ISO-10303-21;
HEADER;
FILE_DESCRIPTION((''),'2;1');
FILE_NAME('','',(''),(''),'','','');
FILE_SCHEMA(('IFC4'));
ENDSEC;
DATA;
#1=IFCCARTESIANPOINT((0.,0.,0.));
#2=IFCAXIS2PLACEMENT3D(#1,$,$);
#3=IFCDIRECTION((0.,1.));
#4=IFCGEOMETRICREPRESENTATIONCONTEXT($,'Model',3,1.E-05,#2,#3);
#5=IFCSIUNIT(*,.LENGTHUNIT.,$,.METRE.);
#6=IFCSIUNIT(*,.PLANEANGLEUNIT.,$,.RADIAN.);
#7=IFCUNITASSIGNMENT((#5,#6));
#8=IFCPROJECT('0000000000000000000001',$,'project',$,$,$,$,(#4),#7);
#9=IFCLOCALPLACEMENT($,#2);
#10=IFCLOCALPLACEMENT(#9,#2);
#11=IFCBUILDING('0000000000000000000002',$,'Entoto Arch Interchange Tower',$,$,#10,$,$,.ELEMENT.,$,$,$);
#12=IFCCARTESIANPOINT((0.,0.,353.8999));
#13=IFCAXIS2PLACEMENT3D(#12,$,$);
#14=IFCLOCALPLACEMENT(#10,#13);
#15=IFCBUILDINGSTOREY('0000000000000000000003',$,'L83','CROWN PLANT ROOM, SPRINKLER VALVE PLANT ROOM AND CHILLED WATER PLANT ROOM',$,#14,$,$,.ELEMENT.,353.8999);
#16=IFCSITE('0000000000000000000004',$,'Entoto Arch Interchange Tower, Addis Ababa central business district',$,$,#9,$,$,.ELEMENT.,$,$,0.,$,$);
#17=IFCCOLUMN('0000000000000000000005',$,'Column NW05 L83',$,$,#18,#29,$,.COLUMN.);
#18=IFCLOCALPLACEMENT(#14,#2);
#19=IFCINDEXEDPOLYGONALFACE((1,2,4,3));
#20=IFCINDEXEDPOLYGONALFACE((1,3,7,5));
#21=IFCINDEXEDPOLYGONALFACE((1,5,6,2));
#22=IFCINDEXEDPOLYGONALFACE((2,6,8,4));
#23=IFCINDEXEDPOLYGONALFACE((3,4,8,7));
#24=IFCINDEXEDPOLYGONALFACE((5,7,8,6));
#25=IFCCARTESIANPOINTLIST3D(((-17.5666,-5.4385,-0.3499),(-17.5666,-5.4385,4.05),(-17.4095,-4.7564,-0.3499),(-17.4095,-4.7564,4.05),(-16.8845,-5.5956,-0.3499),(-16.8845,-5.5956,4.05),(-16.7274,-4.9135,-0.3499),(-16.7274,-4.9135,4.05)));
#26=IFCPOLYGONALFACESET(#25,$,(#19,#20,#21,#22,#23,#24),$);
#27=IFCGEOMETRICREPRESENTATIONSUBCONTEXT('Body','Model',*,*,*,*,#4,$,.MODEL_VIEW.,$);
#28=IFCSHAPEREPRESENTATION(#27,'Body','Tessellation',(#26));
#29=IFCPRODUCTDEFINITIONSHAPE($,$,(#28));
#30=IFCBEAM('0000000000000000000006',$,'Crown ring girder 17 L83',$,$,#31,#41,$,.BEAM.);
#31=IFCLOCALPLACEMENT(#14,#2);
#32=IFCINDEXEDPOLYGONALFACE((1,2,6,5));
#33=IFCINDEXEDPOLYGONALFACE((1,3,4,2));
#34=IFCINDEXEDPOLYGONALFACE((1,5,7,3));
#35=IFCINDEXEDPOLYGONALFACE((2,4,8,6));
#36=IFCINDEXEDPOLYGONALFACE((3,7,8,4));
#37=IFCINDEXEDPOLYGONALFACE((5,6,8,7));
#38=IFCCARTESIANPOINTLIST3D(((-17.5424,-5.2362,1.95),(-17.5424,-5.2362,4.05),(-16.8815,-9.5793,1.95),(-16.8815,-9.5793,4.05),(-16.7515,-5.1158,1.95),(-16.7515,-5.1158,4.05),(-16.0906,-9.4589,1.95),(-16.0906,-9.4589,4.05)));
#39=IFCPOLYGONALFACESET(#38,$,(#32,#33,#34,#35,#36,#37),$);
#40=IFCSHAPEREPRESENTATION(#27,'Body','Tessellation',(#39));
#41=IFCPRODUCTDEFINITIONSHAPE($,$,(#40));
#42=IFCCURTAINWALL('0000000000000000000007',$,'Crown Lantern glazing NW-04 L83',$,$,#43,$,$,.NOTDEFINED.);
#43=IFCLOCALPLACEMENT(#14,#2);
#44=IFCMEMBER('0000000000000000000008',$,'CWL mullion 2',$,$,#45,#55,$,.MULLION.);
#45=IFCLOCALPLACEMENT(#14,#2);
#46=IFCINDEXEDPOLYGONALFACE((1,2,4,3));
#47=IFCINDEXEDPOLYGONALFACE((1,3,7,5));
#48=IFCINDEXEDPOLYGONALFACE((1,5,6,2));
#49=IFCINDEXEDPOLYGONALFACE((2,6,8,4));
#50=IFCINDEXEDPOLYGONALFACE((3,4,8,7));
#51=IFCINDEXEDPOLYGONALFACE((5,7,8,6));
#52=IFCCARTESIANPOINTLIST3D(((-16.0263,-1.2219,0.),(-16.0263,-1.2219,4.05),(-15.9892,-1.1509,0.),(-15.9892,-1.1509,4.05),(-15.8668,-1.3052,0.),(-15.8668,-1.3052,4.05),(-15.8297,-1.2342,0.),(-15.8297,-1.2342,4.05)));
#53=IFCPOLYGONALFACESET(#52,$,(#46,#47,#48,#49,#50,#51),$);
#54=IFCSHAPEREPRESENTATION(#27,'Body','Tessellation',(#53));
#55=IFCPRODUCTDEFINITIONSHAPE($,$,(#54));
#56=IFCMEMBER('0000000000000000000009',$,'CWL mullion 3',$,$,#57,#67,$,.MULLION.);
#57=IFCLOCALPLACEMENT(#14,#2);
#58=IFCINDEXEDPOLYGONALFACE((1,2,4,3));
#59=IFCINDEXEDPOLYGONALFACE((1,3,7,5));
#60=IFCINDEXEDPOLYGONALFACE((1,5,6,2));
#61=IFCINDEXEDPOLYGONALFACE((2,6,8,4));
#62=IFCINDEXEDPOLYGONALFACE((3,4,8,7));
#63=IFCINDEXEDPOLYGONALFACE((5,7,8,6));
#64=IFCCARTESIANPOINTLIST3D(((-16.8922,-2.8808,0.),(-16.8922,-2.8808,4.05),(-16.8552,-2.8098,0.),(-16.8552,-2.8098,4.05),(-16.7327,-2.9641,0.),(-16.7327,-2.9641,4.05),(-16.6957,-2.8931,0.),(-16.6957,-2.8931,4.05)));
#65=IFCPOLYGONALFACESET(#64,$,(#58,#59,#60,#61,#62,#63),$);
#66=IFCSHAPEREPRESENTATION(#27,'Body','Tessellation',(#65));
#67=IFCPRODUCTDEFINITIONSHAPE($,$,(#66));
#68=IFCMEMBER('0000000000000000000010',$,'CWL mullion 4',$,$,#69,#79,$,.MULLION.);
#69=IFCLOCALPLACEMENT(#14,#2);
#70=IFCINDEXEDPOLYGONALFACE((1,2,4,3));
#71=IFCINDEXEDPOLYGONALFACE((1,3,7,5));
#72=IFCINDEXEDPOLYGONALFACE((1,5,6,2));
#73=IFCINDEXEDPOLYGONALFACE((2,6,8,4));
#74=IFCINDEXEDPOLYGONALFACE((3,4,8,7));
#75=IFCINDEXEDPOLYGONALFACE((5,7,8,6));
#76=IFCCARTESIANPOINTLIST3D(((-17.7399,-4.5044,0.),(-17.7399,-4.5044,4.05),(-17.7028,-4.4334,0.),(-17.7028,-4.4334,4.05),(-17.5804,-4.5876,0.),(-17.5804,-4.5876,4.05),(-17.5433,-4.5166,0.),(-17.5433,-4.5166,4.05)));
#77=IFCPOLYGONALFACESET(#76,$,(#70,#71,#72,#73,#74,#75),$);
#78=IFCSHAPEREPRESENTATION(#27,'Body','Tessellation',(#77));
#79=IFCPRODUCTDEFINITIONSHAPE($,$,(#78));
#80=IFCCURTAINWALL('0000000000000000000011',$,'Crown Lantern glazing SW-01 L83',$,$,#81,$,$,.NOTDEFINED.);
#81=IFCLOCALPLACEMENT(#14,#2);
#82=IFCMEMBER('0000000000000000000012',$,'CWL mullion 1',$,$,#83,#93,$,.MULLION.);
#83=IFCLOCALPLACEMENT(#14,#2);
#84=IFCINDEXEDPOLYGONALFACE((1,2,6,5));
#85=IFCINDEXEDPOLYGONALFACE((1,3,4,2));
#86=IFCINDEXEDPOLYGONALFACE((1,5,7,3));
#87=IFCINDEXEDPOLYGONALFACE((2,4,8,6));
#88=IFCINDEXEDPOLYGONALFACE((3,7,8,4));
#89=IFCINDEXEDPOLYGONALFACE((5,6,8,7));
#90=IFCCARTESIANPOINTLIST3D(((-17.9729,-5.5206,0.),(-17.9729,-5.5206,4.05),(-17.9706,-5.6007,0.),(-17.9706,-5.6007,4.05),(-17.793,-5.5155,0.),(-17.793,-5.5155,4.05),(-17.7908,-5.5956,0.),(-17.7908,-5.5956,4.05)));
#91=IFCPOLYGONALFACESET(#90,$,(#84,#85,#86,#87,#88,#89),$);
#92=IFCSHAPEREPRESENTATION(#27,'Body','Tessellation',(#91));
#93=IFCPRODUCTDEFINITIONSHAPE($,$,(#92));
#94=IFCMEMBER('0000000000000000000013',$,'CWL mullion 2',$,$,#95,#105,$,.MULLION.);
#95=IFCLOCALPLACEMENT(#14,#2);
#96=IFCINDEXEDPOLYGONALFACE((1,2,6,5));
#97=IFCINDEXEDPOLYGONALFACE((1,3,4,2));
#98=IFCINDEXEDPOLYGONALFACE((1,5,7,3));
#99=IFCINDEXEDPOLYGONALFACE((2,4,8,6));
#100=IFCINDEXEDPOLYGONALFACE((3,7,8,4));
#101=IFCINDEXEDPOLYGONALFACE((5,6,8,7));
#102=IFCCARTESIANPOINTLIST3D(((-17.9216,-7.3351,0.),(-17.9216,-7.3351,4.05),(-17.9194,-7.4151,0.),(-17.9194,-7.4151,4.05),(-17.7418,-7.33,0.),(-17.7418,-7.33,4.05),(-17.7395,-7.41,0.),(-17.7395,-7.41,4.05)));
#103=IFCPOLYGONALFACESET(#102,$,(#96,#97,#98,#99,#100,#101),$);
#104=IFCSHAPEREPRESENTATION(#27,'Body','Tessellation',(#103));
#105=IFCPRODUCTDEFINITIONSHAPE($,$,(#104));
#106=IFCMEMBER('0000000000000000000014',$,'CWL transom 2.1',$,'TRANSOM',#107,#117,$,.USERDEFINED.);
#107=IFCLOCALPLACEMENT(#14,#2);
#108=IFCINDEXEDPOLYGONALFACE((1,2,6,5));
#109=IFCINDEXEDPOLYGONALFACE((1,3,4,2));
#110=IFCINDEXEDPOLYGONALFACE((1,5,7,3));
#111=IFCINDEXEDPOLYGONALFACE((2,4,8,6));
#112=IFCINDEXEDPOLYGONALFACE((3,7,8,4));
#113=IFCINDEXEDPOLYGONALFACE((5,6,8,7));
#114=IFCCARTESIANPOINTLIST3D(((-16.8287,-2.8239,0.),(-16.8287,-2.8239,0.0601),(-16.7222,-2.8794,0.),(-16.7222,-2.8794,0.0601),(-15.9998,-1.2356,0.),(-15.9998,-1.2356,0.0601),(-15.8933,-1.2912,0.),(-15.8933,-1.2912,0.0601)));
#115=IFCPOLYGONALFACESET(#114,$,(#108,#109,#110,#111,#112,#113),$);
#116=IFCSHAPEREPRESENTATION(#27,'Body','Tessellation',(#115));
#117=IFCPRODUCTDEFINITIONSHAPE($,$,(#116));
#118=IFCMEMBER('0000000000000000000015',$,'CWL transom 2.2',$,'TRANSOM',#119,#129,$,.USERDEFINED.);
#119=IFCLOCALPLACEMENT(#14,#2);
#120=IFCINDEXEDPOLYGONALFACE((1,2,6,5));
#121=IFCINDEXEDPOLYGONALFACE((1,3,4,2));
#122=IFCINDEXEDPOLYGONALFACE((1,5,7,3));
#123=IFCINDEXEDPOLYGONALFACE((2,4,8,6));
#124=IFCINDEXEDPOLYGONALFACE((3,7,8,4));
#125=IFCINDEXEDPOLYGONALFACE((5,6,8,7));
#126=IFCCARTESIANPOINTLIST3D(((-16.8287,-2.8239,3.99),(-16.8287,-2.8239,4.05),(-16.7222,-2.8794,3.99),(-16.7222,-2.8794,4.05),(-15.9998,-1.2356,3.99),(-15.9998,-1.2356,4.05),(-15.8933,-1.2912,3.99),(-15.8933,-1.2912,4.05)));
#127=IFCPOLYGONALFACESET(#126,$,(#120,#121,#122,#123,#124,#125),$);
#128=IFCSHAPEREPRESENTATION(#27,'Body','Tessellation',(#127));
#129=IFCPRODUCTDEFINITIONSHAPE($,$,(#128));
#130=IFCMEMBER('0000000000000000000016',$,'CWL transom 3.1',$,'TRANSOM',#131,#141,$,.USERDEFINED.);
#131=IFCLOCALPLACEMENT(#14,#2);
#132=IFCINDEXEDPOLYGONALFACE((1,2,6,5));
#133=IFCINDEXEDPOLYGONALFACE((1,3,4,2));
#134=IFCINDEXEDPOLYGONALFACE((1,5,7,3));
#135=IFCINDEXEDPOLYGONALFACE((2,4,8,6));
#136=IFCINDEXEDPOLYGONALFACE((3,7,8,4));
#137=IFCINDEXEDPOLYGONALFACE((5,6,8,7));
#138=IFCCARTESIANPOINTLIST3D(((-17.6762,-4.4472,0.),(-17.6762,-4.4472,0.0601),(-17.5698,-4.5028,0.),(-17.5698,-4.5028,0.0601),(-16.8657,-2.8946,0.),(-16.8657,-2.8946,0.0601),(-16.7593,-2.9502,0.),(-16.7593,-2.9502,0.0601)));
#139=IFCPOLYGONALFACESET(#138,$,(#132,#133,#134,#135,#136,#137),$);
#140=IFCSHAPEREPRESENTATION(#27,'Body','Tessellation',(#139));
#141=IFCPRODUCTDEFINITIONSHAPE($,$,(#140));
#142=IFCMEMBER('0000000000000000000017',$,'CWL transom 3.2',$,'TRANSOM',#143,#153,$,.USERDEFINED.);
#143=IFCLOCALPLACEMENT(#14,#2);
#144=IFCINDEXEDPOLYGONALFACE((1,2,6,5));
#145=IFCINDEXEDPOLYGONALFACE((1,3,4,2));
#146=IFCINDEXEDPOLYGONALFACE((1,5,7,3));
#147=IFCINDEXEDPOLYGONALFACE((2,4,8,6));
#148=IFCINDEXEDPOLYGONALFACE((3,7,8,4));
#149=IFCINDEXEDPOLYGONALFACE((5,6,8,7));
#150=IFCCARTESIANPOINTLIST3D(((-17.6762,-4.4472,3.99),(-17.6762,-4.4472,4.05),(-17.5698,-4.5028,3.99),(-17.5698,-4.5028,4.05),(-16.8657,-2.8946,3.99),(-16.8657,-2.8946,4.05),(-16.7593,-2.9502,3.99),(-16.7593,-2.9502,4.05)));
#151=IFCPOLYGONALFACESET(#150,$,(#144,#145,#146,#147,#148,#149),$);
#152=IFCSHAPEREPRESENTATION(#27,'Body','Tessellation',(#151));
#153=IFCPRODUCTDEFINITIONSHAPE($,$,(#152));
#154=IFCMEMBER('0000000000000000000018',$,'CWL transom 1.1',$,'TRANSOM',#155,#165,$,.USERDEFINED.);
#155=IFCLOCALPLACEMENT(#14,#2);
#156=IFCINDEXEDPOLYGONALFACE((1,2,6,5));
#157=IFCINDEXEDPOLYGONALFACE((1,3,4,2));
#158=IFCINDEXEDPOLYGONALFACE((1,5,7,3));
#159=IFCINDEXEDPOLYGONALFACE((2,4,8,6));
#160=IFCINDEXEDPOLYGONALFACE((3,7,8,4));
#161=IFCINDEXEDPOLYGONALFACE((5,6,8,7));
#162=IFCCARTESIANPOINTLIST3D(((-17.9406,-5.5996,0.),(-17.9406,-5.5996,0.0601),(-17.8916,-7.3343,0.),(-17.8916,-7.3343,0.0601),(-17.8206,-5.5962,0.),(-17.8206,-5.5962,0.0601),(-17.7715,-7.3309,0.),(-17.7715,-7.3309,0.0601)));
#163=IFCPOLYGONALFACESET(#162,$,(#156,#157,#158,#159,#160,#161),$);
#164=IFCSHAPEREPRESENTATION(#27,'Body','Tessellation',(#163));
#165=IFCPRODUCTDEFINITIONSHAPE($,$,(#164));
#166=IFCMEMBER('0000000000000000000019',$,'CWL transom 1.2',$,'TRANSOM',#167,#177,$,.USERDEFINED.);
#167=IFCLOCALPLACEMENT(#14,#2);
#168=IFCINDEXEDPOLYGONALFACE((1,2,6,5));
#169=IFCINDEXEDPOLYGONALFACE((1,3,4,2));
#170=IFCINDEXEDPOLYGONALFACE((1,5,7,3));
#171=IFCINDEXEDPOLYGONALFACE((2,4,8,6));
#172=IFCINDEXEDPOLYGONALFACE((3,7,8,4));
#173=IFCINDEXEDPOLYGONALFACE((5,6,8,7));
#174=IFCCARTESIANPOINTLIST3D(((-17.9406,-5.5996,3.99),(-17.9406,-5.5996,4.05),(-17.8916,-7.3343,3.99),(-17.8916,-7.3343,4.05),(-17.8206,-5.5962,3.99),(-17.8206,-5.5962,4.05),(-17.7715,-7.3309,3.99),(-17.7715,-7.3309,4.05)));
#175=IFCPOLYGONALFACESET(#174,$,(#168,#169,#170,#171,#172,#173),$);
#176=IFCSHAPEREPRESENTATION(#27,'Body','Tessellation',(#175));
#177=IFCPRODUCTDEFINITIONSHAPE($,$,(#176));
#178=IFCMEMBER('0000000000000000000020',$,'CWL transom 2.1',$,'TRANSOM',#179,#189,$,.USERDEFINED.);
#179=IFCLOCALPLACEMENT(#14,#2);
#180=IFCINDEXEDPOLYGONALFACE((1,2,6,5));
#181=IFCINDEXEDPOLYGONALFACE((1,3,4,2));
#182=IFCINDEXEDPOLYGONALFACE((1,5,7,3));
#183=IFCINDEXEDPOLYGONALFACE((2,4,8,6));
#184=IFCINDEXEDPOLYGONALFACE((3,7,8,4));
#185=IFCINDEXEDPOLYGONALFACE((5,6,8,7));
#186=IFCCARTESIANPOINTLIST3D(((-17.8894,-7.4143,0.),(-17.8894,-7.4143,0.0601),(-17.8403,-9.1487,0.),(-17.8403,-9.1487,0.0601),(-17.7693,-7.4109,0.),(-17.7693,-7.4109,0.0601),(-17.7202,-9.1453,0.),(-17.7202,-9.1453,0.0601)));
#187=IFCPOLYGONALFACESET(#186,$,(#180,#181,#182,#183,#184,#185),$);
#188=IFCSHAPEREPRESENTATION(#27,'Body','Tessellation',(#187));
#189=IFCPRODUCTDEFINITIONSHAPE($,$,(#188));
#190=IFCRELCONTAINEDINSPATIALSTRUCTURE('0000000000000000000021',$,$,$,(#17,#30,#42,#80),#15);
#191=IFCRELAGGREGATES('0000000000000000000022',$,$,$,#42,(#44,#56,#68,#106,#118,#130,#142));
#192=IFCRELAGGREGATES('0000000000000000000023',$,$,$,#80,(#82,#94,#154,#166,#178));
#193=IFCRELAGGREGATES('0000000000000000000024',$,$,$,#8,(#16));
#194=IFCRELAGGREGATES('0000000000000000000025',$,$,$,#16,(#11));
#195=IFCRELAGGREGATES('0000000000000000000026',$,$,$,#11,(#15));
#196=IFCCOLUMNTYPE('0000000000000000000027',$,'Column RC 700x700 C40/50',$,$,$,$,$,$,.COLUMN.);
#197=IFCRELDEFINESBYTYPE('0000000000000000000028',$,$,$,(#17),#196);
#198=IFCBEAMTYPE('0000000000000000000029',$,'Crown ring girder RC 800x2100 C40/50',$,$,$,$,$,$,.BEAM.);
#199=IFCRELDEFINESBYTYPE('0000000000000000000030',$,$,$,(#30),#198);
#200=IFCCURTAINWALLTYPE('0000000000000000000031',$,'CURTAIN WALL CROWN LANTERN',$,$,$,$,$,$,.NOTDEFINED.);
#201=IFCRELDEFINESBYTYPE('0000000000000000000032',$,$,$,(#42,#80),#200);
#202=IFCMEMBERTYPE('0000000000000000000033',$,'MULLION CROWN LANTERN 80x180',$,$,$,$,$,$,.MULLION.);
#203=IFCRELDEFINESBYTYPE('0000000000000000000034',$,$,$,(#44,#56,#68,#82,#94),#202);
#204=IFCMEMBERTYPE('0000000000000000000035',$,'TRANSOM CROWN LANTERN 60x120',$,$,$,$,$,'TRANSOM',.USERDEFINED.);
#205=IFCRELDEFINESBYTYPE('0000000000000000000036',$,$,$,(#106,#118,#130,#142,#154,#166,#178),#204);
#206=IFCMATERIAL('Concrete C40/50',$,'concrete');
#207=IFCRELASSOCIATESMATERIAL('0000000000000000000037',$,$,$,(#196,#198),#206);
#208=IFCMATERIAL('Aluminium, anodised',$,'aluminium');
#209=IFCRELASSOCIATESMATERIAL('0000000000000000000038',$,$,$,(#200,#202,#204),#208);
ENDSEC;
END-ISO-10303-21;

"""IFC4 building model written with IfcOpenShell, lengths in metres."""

from ifc_helpers import new_model, si_unit, direction, frame, origin, origin_2d, place, context, subcontext, project, spatial, rectangle, extrude, material, material_profile, profile_set, type_object, element, aggregate, save


model = new_model("IFC4")

# Units and contexts
model_context = context("Model", 3, precision=1e-05, world=origin(), true_north=direction((0.0, 1.0)))
body_context = subcontext(model_context, "Body", "Model", "MODEL_VIEW")
ifc_project = project(units=[si_unit("LENGTHUNIT", "METRE"), si_unit("PLANEANGLEUNIT", "RADIAN")], contexts=[model_context])

# Site, building, storey
site_placement = place(None, origin())
site = spatial("IfcSite", under=ifc_project, at=site_placement, Name="Entoto Arch Interchange Tower, Addis Ababa central business district", CompositionType="ELEMENT", RefElevation=0.0)
building_placement = place(site_placement, origin())
building = spatial("IfcBuilding", under=site, at=building_placement, Name="Entoto Arch Interchange Tower", CompositionType="ELEMENT")
storey_placement = place(building_placement, frame((0.0, 0.0, 353.8999)))
storey = spatial("IfcBuildingStorey", under=building, at=storey_placement, Name="L83", Description="CROWN PLANT ROOM, SPRINKLER VALVE PLANT ROOM AND CHILLED WATER PLANT ROOM", CompositionType="ELEMENT", Elevation=353.8999)

# Column
ifc_material_1 = material(Name="Concrete C40/50", Category="concrete")
ifc_material_profile_1 = material_profile(ifc_material_1, rectangle(XDim=0.7, YDim=0.7, at=origin_2d()))
ifc_profile_set_1 = profile_set([ifc_material_profile_1], Name="Concrete C40/50")
column_type = type_object("IfcColumnType", Name="Column RC 700x700 C40/50", PredefinedType="COLUMN", material=ifc_profile_set_1)
column_placement = place(storey_placement, frame((-17.147, -5.176, -0.3499), z_axis=(0.0, 0.0, 1.0), x_axis=(0.224407, 0.974496, 0.0)))
element("IfcColumn", 1, at=column_placement, inside=storey, type_object=column_type, Name="Column NW05 L83", PredefinedType="COLUMN", context=body_context, shape_type="SweptSolid", body=[
    extrude(rectangle(XDim=0.7, YDim=0.7, at=origin_2d()), origin(), (0.0, 0.0, 1.0), 4.3999),
])

# Beam
ifc_material_profile_2 = material_profile(ifc_material_1, rectangle(XDim=0.8, YDim=2.1001, at=origin_2d()))
ifc_profile_set_2 = profile_set([ifc_material_profile_2], Name="Concrete C40/50")
beam_type = type_object("IfcBeamType", Name="Crown ring girder RC 800x2100 C40/50", PredefinedType="BEAM", material=ifc_profile_set_2)
beam_placement = place(storey_placement, frame((-17.147, -5.176, 3.0), z_axis=(0.150441, -0.988619, 0.0), x_axis=(0.988619, 0.150441, 0.0)))
element("IfcBeam", 2, at=beam_placement, inside=storey, type_object=beam_type, Name="Crown ring girder 17 L83", PredefinedType="BEAM", context=body_context, shape_type="SweptSolid", body=[
    extrude(rectangle(XDim=0.8, YDim=2.1001, at=origin_2d()), origin(), (0.0, 0.0, 1.0), 4.3931),
])

# Curtain walls, members
ifc_material_2 = material(Name="Aluminium, anodised", Category="aluminium")
curtain_wall_type = type_object("IfcCurtainWallType", Name="CURTAIN WALL CROWN LANTERN", PredefinedType="NOTDEFINED", material=ifc_material_2)
curtain_wall_1_placement = place(storey_placement, origin())
curtain_wall_1 = element("IfcCurtainWall", 3, at=curtain_wall_1_placement, inside=storey, type_object=curtain_wall_type, Name="Crown Lantern glazing NW-04 L83", PredefinedType="NOTDEFINED")
ifc_material_profile_3 = material_profile(ifc_material_2, rectangle(XDim=0.1799, YDim=0.0801, at=origin_2d()))
ifc_profile_set_3 = profile_set([ifc_material_profile_3], Name="Aluminium, anodised")
member_type_1 = type_object("IfcMemberType", Name="MULLION CROWN LANTERN 80x180", PredefinedType="MULLION", material=ifc_profile_set_3)
member_1_placement = place(storey_placement, frame((-15.928, -1.228, 0.0), z_axis=(0.0, 0.0, 1.0), x_axis=(0.88649, -0.462749, 0.0)))
member_1 = element("IfcMember", 4, at=member_1_placement, type_object=member_type_1, Name="CWL mullion 2", PredefinedType="MULLION", context=body_context, shape_type="SweptSolid", body=[
    extrude(rectangle(XDim=0.1799, YDim=0.0801, at=origin_2d()), origin(), (0.0, 0.0, 1.0), 4.05),
])
member_2_placement = place(storey_placement, frame((-16.7939, -2.887, 0.0), z_axis=(0.0, 0.0, 1.0), x_axis=(0.88649, -0.462749, 0.0)))
member_2 = element("IfcMember", 5, at=member_2_placement, type_object=member_type_1, Name="CWL mullion 3", PredefinedType="MULLION", context=body_context, shape_type="SweptSolid", body=[
    extrude(rectangle(XDim=0.1799, YDim=0.0801, at=origin_2d()), origin(), (0.0, 0.0, 1.0), 4.05),
])
member_3_placement = place(storey_placement, frame((-17.6416, -4.5105, 0.0), z_axis=(0.0, 0.0, 1.0), x_axis=(0.88649, -0.462749, 0.0)))
member_3 = element("IfcMember", 6, at=member_3_placement, type_object=member_type_1, Name="CWL mullion 4", PredefinedType="MULLION", context=body_context, shape_type="SweptSolid", body=[
    extrude(rectangle(XDim=0.1799, YDim=0.0801, at=origin_2d()), origin(), (0.0, 0.0, 1.0), 4.05),
])
curtain_wall_2_placement = place(storey_placement, origin())
curtain_wall_2 = element("IfcCurtainWall", 7, at=curtain_wall_2_placement, inside=storey, type_object=curtain_wall_type, Name="Crown Lantern glazing SW-01 L83", PredefinedType="NOTDEFINED")
member_4_placement = place(storey_placement, frame((-17.8818, -5.5581, 0.0), z_axis=(0.0, 0.0, 1.0), x_axis=(0.9996, 0.028298, 0.0)))
member_4 = element("IfcMember", 8, at=member_4_placement, type_object=member_type_1, Name="CWL mullion 1", PredefinedType="MULLION", context=body_context, shape_type="SweptSolid", body=[
    extrude(rectangle(XDim=0.1799, YDim=0.0801, at=origin_2d()), origin(), (0.0, 0.0, 1.0), 4.05),
])
member_5_placement = place(storey_placement, frame((-17.8306, -7.3726, 0.0), z_axis=(0.0, 0.0, 1.0), x_axis=(0.9996, 0.028298, 0.0)))
member_5 = element("IfcMember", 9, at=member_5_placement, type_object=member_type_1, Name="CWL mullion 2", PredefinedType="MULLION", context=body_context, shape_type="SweptSolid", body=[
    extrude(rectangle(XDim=0.1799, YDim=0.0801, at=origin_2d()), origin(), (0.0, 0.0, 1.0), 4.05),
])

# Members
ifc_material_profile_4 = material_profile(ifc_material_2, rectangle(XDim=0.1201, YDim=0.0601, at=origin_2d()))
ifc_profile_set_4 = profile_set([ifc_material_profile_4], Name="Aluminium, anodised")
member_type_2 = type_object("IfcMemberType", Name="TRANSOM CROWN LANTERN 60x120", ElementType="TRANSOM", PredefinedType="USERDEFINED", material=ifc_profile_set_4)
member_6_placement = place(storey_placement, frame((-15.9465, -1.2634, 0.03), z_axis=(-0.462682, -0.886524, 0.0), x_axis=(0.886524, -0.462682, 0.0)))
member_6 = element("IfcMember", 10, at=member_6_placement, type_object=member_type_2, Name="CWL transom 2.1", ObjectType="TRANSOM", PredefinedType="USERDEFINED", context=body_context, shape_type="SweptSolid", body=[
    extrude(rectangle(XDim=0.1201, YDim=0.0601, at=origin_2d()), origin(), (0.0, 0.0, 1.0), 1.7915),
])
member_7_placement = place(storey_placement, frame((-15.9465, -1.2634, 4.02), z_axis=(-0.462682, -0.886524, 0.0), x_axis=(0.886524, -0.462682, 0.0)))
member_7 = element("IfcMember", 11, at=member_7_placement, type_object=member_type_2, Name="CWL transom 2.2", ObjectType="TRANSOM", PredefinedType="USERDEFINED", context=body_context, shape_type="SweptSolid", body=[
    extrude(rectangle(XDim=0.1201, YDim=0.0601, at=origin_2d()), origin(), (0.0, 0.0, 1.0), 1.7915),
])
member_8_placement = place(storey_placement, frame((-16.8125, -2.9224, 0.03), z_axis=(-0.462757, -0.886485, 0.0), x_axis=(0.886485, -0.462757, 0.0)))
member_8 = element("IfcMember", 12, at=member_8_placement, type_object=member_type_2, Name="CWL transom 3.1", ObjectType="TRANSOM", PredefinedType="USERDEFINED", context=body_context, shape_type="SweptSolid", body=[
    extrude(rectangle(XDim=0.1201, YDim=0.0601, at=origin_2d()), origin(), (0.0, 0.0, 1.0), 1.7515),
])
member_9_placement = place(storey_placement, frame((-16.8125, -2.9224, 4.02), z_axis=(-0.462757, -0.886485, 0.0), x_axis=(0.886485, -0.462757, 0.0)))
member_9 = element("IfcMember", 13, at=member_9_placement, type_object=member_type_2, Name="CWL transom 3.2", ObjectType="TRANSOM", PredefinedType="USERDEFINED", context=body_context, shape_type="SweptSolid", body=[
    extrude(rectangle(XDim=0.1201, YDim=0.0601, at=origin_2d()), origin(), (0.0, 0.0, 1.0), 1.7515),
])
member_10_placement = place(storey_placement, frame((-17.8806, -5.5979, 0.03), z_axis=(0.028279, -0.9996, 0.0), x_axis=(0.9996, 0.028279, 0.0)))
member_10 = element("IfcMember", 14, at=member_10_placement, type_object=member_type_2, Name="CWL transom 1.1", ObjectType="TRANSOM", PredefinedType="USERDEFINED", context=body_context, shape_type="SweptSolid", body=[
    extrude(rectangle(XDim=0.1201, YDim=0.0601, at=origin_2d()), origin(), (0.0, 0.0, 1.0), 1.7354),
])
member_11_placement = place(storey_placement, frame((-17.8806, -5.5979, 4.02), z_axis=(0.028279, -0.9996, 0.0), x_axis=(0.9996, 0.028279, 0.0)))
member_11 = element("IfcMember", 15, at=member_11_placement, type_object=member_type_2, Name="CWL transom 1.2", ObjectType="TRANSOM", PredefinedType="USERDEFINED", context=body_context, shape_type="SweptSolid", body=[
    extrude(rectangle(XDim=0.1201, YDim=0.0601, at=origin_2d()), origin(), (0.0, 0.0, 1.0), 1.7354),
])
member_12_placement = place(storey_placement, frame((-17.8293, -7.4126, 0.03), z_axis=(0.028283, -0.9996, 0.0), x_axis=(0.9996, 0.028283, 0.0)))
member_12 = element("IfcMember", 16, at=member_12_placement, type_object=member_type_2, Name="CWL transom 2.1", ObjectType="TRANSOM", PredefinedType="USERDEFINED", context=body_context, shape_type="SweptSolid", body=[
    extrude(rectangle(XDim=0.1201, YDim=0.0601, at=origin_2d()), origin(), (0.0, 0.0, 1.0), 1.7351),
])

aggregate(curtain_wall_1, [member_1, member_2, member_3, member_6, member_7, member_8, member_9])
aggregate(curtain_wall_2, [member_4, member_5, member_10, member_11, member_12])

save(model, "model.ifc")
